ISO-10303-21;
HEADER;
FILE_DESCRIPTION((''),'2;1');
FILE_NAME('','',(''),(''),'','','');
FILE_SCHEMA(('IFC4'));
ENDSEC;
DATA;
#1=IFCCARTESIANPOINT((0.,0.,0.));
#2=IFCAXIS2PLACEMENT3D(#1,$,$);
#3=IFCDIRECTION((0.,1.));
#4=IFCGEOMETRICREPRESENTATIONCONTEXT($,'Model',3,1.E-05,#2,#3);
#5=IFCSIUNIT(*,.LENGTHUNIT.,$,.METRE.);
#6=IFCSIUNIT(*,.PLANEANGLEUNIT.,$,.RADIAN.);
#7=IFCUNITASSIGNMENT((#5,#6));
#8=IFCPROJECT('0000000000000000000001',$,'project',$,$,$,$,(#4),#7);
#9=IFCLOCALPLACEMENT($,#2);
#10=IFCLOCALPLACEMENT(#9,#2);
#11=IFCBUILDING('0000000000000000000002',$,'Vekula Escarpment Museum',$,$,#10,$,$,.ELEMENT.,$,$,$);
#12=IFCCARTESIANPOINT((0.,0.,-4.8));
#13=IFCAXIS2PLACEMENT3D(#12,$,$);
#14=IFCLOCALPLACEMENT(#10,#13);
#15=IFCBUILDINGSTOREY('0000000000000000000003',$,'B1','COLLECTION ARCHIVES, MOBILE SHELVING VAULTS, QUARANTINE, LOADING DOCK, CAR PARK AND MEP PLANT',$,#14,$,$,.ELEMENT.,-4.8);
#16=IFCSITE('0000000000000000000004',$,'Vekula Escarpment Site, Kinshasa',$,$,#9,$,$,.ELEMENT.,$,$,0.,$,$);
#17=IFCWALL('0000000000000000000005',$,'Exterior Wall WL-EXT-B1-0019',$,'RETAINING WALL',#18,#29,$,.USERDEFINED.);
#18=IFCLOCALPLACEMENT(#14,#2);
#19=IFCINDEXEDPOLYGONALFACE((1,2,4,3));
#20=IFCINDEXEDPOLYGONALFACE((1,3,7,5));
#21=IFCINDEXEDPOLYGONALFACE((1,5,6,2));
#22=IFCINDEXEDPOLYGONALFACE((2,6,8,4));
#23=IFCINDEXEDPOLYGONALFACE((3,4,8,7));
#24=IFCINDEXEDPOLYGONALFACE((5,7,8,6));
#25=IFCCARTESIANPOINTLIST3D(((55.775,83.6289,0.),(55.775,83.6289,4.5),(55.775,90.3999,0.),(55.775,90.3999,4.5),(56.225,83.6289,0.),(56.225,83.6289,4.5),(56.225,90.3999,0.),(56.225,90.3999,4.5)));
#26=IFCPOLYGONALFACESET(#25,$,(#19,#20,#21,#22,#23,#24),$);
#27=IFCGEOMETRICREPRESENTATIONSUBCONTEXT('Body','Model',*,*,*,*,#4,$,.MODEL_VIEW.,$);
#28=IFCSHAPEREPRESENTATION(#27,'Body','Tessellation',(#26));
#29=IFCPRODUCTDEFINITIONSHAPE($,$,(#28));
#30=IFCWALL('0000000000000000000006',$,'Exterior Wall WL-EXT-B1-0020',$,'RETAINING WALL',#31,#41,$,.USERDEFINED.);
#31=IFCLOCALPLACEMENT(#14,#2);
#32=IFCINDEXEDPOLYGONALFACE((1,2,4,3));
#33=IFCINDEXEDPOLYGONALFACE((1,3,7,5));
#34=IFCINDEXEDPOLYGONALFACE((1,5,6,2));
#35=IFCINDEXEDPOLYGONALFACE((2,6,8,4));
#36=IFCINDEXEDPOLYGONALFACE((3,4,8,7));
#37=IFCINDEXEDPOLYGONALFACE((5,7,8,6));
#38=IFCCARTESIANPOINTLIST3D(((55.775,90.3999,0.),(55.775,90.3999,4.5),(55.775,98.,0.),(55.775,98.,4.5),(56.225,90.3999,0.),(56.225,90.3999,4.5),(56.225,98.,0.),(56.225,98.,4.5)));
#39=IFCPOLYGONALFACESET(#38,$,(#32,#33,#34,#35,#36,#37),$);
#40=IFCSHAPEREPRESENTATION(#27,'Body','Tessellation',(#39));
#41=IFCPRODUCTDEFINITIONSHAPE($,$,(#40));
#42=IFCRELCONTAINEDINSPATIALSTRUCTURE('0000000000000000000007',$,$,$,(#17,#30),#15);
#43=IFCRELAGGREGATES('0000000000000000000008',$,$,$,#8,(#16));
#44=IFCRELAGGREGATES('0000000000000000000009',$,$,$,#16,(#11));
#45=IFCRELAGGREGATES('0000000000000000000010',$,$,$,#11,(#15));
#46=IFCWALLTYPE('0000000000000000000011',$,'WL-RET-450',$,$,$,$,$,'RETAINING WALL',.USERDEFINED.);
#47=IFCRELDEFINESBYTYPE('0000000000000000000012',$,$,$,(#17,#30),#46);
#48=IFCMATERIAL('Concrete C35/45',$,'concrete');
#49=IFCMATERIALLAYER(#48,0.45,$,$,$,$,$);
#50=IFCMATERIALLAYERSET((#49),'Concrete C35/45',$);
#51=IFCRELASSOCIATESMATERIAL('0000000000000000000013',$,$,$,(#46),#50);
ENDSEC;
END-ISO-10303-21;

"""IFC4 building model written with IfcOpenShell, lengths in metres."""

from ifc_helpers import new_model, si_unit, direction, frame, frame_2d, origin, place, context, subcontext, project, spatial, rectangle, extrude, material, layer, layer_set, type_object, element, save


model = new_model("IFC4")

# Units and contexts
model_context = context("Model", 3, precision=1e-05, world=origin(), true_north=direction((0.0, 1.0)))
body_context = subcontext(model_context, "Body", "Model", "MODEL_VIEW")
ifc_project = project(units=[si_unit("LENGTHUNIT", "METRE"), si_unit("PLANEANGLEUNIT", "RADIAN")], contexts=[model_context])

# Site, building, storey
site_placement = place(None, origin())
site = spatial("IfcSite", under=ifc_project, at=site_placement, Name="Vekula Escarpment Site, Kinshasa", CompositionType="ELEMENT", RefElevation=0.0)
building_placement = place(site_placement, origin())
building = spatial("IfcBuilding", under=site, at=building_placement, Name="Vekula Escarpment Museum", CompositionType="ELEMENT")
storey_placement = place(building_placement, frame((0.0, 0.0, -4.8)))
storey = spatial("IfcBuildingStorey", under=building, at=storey_placement, Name="B1", Description="COLLECTION ARCHIVES, MOBILE SHELVING VAULTS, QUARANTINE, LOADING DOCK, CAR PARK AND MEP PLANT", CompositionType="ELEMENT", Elevation=-4.8)

# Walls
ifc_material_1 = material(Name="Concrete C35/45", Category="concrete")
ifc_layer_1 = layer(ifc_material_1, 0.45)
ifc_layer_set_1 = layer_set([ifc_layer_1], Name="Concrete C35/45")
wall_type_1 = type_object("IfcWallType", Name="WL-RET-450", ElementType="RETAINING WALL", PredefinedType="USERDEFINED", material=ifc_layer_set_1)
wall_1_placement = place(storey_placement, frame((56.0, 90.3999, 0.0), z_axis=(0.0, 0.0, 1.0), x_axis=(0.0, -1.0, 0.0)))
element("IfcWall", 1, at=wall_1_placement, inside=storey, type_object=wall_type_1, Name="Exterior Wall WL-EXT-B1-0019", ObjectType="RETAINING WALL", PredefinedType="USERDEFINED", context=body_context, shape_type="SweptSolid", body=[
    extrude(rectangle(XDim=6.771, YDim=0.45, at=frame_2d((3.3855, 0.0))), origin(), (0.0, 0.0, 1.0), 4.5),
])
wall_2_placement = place(storey_placement, frame((56.0, 98.0, 0.0), z_axis=(0.0, 0.0, 1.0), x_axis=(0.0, -1.0, 0.0)))
element("IfcWall", 2, at=wall_2_placement, inside=storey, type_object=wall_type_1, Name="Exterior Wall WL-EXT-B1-0020", ObjectType="RETAINING WALL", PredefinedType="USERDEFINED", context=body_context, shape_type="SweptSolid", body=[
    extrude(rectangle(XDim=7.6001, YDim=0.45, at=frame_2d((3.8, 0.0))), origin(), (0.0, 0.0, 1.0), 4.5),
])

save(model, "model.ifc")
